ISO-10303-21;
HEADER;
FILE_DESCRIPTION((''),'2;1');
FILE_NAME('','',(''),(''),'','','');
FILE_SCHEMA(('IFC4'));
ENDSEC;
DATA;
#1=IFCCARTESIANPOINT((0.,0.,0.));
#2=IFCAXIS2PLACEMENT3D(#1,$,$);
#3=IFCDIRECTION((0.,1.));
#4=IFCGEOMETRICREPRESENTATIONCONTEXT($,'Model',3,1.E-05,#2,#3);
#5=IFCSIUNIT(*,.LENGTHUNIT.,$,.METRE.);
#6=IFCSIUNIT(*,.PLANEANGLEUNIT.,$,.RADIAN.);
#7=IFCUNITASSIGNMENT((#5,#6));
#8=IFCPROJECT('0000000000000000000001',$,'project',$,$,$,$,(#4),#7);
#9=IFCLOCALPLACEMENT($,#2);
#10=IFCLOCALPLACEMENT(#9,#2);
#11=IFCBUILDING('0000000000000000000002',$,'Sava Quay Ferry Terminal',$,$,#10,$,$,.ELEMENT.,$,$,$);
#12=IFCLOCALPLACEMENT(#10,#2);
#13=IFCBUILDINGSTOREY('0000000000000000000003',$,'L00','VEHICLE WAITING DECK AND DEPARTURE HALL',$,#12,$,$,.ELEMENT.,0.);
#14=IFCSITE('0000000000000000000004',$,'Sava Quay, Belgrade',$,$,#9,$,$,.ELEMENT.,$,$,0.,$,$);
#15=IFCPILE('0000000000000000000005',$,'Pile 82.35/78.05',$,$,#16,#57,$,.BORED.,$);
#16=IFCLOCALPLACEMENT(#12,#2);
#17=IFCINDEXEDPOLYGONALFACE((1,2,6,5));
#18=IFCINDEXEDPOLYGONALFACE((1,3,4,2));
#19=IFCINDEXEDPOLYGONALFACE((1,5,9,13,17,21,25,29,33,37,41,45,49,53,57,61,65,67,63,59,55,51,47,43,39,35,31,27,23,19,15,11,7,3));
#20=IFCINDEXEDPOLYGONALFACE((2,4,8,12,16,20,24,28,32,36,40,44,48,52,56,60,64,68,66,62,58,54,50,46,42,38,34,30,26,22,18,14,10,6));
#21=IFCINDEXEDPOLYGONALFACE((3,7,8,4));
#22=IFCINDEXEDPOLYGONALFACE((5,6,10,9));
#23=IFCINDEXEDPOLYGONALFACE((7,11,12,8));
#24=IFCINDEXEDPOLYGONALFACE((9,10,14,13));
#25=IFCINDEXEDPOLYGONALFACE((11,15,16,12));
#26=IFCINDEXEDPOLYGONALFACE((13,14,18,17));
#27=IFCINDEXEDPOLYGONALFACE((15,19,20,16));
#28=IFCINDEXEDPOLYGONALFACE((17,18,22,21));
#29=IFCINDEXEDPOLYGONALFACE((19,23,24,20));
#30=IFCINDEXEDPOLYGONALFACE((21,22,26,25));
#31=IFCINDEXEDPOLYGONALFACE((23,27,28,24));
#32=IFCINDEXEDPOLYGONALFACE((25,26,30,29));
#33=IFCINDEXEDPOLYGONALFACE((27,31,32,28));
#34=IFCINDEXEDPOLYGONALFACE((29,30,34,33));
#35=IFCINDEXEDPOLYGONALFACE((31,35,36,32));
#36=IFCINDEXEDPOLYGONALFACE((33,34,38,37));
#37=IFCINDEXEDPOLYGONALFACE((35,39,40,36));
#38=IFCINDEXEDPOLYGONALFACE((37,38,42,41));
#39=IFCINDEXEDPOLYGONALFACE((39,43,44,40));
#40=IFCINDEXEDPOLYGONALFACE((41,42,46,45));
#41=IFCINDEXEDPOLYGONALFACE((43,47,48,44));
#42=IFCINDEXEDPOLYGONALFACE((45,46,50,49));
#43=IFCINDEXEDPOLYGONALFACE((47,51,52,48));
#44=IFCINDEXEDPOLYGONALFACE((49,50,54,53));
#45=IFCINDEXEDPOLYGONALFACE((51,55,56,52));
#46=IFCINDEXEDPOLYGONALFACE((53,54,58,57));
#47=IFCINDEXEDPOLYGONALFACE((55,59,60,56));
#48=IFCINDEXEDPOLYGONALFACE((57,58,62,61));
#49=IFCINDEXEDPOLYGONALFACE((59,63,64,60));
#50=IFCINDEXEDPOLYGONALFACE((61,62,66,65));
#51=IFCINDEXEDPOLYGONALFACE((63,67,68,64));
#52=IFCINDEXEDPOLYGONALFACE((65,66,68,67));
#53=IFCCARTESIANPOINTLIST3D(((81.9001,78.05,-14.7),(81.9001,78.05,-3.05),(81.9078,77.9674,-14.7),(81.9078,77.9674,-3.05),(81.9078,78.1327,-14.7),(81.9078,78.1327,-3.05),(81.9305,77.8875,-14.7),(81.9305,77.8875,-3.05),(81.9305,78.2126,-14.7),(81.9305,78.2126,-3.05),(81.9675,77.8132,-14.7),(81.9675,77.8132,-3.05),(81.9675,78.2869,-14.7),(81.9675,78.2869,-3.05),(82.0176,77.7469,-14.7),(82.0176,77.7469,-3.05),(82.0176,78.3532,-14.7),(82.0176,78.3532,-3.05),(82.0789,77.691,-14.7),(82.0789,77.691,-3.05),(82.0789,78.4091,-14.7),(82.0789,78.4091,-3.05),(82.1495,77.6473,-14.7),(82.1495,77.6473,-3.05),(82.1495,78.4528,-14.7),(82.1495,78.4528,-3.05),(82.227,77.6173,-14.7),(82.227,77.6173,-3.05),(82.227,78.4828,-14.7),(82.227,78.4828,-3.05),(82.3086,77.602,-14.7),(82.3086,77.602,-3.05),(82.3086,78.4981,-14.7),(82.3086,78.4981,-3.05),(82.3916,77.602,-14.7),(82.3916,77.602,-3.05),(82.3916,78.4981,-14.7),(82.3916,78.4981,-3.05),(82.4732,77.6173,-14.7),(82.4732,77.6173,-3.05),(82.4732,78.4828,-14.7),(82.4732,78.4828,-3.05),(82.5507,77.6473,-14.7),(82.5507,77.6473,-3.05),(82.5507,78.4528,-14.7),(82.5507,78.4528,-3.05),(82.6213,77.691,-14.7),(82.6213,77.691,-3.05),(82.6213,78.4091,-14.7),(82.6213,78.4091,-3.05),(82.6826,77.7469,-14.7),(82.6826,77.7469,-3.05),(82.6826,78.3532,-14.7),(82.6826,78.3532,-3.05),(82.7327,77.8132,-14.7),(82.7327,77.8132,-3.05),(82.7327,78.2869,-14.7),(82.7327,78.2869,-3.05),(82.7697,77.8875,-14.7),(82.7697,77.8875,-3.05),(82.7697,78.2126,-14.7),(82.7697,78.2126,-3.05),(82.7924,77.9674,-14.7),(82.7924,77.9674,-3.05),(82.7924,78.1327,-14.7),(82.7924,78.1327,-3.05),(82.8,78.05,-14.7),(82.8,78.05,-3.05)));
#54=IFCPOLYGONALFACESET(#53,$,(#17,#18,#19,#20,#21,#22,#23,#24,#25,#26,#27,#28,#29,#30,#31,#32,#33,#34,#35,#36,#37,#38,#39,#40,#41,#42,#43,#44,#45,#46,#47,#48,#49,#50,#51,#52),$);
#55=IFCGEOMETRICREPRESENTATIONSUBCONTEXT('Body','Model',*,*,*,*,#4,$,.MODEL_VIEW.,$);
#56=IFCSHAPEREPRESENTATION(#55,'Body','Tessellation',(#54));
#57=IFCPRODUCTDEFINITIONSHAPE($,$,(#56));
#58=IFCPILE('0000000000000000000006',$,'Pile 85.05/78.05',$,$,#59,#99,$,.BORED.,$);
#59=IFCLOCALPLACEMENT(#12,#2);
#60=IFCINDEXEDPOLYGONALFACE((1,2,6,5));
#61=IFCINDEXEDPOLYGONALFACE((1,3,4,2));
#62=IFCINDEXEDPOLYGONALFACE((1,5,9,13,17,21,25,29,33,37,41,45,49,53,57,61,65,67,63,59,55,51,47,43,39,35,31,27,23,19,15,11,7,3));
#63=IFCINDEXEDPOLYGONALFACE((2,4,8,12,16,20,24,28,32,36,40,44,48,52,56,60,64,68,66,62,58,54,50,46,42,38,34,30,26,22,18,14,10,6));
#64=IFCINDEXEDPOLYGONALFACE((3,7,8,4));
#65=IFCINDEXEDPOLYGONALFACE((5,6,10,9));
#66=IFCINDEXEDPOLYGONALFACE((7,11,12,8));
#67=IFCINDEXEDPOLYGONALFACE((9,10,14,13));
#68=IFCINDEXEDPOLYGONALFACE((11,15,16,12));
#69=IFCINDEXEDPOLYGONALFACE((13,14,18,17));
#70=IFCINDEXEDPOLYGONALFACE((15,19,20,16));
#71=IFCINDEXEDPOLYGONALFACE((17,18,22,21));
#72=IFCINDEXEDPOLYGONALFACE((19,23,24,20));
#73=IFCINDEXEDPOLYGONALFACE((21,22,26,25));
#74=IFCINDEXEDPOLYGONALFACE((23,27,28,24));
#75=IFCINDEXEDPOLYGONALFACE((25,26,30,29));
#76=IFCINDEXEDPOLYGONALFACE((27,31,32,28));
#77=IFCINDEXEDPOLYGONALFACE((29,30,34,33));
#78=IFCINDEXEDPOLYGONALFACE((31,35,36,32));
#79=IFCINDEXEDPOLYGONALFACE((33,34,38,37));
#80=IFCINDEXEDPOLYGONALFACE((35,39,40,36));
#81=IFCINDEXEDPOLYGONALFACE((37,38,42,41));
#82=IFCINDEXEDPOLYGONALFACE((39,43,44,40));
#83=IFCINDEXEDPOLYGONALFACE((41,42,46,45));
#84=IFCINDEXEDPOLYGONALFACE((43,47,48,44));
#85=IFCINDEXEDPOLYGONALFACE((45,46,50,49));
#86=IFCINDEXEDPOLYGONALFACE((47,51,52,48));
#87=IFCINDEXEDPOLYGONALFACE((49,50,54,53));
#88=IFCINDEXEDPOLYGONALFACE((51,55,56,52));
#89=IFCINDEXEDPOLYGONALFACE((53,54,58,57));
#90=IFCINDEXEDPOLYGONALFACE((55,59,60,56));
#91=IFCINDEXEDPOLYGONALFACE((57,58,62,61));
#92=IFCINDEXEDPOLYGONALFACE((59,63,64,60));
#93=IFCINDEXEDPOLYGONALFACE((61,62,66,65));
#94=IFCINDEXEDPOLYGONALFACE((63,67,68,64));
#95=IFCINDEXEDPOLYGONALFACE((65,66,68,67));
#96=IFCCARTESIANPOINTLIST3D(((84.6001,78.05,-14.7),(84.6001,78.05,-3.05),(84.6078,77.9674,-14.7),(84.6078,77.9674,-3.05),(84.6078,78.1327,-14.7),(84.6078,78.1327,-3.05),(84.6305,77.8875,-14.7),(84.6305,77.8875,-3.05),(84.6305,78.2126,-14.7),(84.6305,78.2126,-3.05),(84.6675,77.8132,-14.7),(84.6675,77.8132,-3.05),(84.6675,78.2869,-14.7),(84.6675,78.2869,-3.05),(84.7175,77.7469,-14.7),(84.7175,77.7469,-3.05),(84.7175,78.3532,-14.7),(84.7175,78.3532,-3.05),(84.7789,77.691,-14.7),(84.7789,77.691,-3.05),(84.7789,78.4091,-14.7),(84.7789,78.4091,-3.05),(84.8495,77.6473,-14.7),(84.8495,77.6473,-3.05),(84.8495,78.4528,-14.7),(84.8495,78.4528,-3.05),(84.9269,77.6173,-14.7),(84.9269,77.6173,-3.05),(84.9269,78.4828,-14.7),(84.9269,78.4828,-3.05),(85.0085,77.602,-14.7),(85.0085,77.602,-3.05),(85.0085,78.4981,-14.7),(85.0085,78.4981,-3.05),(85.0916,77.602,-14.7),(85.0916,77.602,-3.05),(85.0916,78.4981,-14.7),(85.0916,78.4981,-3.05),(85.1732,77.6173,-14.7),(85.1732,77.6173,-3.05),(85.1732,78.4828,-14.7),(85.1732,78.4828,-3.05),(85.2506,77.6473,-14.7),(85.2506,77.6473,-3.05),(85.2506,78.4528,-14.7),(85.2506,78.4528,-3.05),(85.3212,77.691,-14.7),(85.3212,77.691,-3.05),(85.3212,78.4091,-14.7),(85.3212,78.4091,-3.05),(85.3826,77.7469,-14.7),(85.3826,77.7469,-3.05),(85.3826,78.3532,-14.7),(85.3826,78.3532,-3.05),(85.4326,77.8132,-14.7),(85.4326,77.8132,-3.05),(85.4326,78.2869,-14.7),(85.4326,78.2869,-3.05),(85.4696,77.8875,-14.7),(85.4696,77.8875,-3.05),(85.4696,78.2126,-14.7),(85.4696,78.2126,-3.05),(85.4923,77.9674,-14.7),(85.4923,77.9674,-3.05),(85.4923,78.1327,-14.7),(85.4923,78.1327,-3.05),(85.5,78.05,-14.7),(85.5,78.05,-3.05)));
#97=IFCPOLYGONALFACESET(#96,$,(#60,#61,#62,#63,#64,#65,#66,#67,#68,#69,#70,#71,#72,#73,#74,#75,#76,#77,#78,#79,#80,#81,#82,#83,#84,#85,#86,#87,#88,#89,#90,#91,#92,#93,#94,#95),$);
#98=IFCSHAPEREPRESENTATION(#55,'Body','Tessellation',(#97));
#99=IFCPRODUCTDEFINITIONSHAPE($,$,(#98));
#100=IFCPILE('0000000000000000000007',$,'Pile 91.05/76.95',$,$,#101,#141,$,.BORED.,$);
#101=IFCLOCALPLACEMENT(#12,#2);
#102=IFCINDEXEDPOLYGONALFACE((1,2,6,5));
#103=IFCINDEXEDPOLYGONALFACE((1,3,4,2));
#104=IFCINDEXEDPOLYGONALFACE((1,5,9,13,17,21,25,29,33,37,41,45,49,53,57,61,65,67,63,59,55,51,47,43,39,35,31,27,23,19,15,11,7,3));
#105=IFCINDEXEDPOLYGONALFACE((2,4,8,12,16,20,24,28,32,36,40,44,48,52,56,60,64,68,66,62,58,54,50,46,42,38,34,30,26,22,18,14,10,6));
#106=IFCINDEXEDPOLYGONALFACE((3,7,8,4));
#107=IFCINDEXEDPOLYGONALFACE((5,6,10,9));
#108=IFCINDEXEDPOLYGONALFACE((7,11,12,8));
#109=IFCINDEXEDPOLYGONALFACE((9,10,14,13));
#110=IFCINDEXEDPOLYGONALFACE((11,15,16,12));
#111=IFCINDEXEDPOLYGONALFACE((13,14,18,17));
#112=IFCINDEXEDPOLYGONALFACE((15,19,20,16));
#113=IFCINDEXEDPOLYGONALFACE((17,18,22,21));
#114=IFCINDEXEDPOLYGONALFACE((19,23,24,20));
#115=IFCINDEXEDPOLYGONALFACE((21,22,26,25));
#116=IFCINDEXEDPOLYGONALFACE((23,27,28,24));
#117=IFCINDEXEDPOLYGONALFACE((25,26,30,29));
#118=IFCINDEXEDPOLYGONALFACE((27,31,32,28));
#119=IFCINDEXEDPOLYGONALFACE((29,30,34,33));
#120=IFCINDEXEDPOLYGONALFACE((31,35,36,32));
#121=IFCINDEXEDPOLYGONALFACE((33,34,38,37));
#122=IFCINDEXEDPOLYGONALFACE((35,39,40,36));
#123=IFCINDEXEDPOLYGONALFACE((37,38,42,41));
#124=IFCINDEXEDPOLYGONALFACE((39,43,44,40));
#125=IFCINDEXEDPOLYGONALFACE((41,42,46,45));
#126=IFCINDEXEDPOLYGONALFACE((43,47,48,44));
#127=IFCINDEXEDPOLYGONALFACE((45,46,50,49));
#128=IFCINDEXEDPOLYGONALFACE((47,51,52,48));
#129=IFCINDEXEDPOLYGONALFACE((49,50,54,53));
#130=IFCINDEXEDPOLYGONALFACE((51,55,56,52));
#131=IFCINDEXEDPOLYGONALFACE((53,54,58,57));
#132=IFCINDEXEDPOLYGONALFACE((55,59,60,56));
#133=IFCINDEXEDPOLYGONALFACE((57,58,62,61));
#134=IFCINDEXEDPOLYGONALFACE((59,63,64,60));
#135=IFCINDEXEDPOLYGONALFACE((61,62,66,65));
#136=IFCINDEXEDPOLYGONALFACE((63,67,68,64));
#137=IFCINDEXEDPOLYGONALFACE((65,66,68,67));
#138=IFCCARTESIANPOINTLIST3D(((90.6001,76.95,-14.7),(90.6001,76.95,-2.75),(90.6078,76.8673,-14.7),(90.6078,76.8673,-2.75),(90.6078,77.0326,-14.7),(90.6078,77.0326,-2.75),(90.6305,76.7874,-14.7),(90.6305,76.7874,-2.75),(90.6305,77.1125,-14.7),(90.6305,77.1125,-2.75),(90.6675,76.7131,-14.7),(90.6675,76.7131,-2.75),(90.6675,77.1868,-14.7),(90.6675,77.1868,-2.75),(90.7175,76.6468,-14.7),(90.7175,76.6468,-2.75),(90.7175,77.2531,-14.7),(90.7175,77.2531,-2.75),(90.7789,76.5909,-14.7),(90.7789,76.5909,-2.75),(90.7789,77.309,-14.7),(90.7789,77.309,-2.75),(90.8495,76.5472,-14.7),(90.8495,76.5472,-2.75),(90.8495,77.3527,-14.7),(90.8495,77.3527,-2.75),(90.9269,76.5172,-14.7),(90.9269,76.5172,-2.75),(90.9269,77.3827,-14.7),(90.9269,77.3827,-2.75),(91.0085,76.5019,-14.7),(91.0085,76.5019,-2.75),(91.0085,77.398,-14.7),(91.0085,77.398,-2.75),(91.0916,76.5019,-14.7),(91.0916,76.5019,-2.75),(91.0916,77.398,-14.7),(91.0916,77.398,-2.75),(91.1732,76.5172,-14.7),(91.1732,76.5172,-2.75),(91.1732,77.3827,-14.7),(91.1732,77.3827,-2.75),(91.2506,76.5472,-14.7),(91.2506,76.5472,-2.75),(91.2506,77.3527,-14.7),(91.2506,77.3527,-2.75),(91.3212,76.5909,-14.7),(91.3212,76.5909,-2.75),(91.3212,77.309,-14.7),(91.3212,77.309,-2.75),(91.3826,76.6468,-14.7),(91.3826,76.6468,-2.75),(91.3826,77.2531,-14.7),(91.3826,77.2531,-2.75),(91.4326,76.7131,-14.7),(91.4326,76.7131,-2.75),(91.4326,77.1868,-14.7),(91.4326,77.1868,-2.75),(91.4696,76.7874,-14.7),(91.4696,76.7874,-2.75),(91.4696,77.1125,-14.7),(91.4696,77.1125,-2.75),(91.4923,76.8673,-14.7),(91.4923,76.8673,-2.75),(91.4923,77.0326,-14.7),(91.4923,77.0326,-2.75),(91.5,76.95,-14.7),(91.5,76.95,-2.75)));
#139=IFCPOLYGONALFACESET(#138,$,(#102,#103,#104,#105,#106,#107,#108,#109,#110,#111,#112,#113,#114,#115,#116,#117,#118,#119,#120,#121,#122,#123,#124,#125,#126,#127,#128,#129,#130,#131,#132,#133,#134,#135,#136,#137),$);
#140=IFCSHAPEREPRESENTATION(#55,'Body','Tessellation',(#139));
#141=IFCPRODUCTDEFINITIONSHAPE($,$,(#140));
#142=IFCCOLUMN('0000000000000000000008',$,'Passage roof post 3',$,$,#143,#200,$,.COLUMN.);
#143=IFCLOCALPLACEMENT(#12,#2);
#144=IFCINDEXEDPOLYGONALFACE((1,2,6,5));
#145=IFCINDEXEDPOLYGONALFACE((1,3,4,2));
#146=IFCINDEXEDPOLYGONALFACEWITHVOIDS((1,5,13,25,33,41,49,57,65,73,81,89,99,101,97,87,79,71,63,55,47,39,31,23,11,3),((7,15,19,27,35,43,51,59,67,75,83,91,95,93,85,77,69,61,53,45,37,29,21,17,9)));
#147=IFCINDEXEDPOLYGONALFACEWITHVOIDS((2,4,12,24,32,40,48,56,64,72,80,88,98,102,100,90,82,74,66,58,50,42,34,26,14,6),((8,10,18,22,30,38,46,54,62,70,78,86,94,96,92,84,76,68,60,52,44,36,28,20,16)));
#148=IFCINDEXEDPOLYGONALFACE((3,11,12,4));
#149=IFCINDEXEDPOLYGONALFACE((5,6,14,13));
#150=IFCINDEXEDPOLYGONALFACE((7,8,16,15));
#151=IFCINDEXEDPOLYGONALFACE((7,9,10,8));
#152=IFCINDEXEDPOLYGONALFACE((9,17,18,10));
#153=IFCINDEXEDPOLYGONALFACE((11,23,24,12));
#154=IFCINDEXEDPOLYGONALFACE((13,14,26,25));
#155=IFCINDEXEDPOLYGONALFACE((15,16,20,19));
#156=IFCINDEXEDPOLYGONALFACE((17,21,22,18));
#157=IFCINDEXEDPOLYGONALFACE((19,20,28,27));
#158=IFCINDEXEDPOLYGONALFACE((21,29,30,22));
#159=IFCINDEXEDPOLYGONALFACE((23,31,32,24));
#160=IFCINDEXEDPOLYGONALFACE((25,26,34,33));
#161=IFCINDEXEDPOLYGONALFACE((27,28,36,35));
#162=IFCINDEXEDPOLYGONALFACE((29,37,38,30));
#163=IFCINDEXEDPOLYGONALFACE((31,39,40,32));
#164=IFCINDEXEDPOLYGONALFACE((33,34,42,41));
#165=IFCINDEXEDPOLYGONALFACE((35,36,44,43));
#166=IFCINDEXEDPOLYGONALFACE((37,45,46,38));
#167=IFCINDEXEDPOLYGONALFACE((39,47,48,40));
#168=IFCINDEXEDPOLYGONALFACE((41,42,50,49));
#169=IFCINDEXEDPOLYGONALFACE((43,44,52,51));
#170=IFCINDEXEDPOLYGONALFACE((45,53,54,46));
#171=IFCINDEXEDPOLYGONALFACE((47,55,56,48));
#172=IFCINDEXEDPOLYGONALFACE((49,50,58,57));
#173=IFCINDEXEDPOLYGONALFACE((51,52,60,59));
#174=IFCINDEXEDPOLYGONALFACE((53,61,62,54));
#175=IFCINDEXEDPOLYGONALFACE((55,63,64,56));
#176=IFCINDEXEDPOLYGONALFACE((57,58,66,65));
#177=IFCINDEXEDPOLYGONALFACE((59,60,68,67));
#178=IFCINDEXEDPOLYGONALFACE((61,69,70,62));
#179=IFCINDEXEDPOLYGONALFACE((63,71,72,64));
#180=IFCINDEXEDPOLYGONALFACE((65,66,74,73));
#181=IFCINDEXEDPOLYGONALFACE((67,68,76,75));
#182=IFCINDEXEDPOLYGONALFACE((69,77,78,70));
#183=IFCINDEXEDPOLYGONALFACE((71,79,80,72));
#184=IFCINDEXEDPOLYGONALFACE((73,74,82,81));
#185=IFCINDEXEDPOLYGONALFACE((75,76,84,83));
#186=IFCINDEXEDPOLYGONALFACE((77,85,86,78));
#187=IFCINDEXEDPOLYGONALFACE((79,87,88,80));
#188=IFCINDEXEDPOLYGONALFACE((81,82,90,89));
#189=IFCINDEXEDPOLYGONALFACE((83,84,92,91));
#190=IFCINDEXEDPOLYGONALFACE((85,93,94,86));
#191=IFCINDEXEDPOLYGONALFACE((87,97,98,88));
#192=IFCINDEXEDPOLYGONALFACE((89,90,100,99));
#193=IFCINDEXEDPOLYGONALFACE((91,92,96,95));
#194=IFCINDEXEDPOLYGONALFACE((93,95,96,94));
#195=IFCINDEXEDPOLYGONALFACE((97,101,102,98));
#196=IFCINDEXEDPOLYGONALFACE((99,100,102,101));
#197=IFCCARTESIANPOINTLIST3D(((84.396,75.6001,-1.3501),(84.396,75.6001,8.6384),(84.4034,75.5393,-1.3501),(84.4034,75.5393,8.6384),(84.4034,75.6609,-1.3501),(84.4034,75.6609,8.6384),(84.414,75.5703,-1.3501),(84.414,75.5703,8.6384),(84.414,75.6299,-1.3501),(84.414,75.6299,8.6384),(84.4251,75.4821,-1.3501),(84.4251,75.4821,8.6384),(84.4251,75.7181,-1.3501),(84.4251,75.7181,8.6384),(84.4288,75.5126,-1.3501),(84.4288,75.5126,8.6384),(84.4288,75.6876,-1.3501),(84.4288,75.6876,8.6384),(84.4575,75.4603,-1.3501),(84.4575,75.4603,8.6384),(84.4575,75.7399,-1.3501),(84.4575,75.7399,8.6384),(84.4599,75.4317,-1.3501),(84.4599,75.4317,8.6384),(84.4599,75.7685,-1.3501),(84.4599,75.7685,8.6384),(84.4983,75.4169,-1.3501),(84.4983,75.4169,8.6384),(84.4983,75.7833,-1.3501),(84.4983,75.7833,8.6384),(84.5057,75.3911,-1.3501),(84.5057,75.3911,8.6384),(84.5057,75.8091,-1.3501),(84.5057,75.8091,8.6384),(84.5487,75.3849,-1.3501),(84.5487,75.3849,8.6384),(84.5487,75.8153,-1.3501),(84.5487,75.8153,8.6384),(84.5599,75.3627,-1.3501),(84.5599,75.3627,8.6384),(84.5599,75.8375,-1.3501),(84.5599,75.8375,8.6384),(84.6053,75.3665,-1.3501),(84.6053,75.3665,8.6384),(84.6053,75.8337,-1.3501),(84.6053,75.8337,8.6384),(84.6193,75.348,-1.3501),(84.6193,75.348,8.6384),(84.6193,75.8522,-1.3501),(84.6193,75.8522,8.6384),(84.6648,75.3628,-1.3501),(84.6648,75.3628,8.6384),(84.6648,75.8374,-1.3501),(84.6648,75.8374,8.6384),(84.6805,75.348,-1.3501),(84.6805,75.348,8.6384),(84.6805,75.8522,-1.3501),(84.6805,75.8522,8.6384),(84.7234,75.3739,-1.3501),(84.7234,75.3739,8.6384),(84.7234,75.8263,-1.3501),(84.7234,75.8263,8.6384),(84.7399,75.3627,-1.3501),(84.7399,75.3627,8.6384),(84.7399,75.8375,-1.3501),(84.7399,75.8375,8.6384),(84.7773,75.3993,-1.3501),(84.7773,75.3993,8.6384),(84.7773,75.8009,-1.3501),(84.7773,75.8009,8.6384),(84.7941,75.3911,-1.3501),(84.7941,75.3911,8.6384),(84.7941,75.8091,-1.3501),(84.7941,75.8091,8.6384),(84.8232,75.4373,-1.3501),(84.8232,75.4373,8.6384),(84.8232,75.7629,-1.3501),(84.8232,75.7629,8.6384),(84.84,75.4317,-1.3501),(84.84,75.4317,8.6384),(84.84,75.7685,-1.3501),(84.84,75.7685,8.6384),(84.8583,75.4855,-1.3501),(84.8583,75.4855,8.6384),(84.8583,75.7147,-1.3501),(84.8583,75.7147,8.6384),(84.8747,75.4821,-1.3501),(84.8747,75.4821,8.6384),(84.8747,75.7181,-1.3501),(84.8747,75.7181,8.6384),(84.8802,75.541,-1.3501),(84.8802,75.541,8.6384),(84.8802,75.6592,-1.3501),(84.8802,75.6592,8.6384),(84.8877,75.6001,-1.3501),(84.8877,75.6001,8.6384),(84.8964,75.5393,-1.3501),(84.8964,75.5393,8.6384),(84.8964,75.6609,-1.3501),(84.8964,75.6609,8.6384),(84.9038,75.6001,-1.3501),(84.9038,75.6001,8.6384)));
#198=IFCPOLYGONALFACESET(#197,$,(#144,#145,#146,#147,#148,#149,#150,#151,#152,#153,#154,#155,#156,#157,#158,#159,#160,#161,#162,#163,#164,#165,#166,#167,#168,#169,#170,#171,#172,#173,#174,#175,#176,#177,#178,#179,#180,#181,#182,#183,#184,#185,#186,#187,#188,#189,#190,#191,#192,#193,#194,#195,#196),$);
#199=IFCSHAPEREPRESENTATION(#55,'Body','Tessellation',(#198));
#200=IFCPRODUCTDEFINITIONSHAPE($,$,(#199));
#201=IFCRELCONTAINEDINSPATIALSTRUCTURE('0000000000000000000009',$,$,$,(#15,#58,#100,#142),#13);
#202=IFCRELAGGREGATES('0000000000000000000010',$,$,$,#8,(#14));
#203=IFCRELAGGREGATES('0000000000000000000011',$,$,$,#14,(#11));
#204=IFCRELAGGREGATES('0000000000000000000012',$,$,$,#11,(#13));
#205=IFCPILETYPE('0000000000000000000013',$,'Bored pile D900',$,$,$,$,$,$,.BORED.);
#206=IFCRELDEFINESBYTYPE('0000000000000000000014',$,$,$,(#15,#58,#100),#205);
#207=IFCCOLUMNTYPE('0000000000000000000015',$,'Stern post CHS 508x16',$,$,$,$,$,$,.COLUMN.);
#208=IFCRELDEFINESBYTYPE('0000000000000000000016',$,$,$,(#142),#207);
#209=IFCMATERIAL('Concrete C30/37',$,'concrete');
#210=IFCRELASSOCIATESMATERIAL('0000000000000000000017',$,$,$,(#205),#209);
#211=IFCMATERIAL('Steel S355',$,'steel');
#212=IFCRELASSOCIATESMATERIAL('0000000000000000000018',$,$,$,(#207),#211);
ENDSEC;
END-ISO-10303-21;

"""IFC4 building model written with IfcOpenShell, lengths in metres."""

from ifc_helpers import new_model, si_unit, direction, frame, origin, origin_2d, place, context, subcontext, project, spatial, circle, hollow_circle, extrude, material, material_profile, profile_set, type_object, element, save


model = new_model("IFC4")

# Units and contexts
model_context = context("Model", 3, precision=1e-05, world=origin(), true_north=direction((0.0, 1.0)))
body_context = subcontext(model_context, "Body", "Model", "MODEL_VIEW")
ifc_project = project(units=[si_unit("LENGTHUNIT", "METRE"), si_unit("PLANEANGLEUNIT", "RADIAN")], contexts=[model_context])

# Site, building, storey
site_placement = place(None, origin())
site = spatial("IfcSite", under=ifc_project, at=site_placement, Name="Sava Quay, Belgrade", CompositionType="ELEMENT", RefElevation=0.0)
building_placement = place(site_placement, origin())
building = spatial("IfcBuilding", under=site, at=building_placement, Name="Sava Quay Ferry Terminal", CompositionType="ELEMENT")
storey_placement = place(building_placement, origin())
storey = spatial("IfcBuildingStorey", under=building, at=storey_placement, Name="L00", Description="VEHICLE WAITING DECK AND DEPARTURE HALL", CompositionType="ELEMENT", Elevation=0.0)

# Piles
ifc_material_1 = material(Name="Concrete C30/37", Category="concrete")
ifc_material_profile_1 = material_profile(ifc_material_1, circle(Radius=0.45, at=origin_2d()), Name="Bored pile D900")
ifc_profile_set_1 = profile_set([ifc_material_profile_1], Name="Concrete C30/37")
pile_type = type_object("IfcPileType", Name="Bored pile D900", PredefinedType="BORED", material=ifc_profile_set_1)
for number, where, z_axis, x_axis, name in (
    (1, (82.3501, 78.05, -3.05), (0.0, 0.0, -1.0), (1.0, 0.0, 0.0), "Pile 82.35/78.05"),
    (2, (85.05, 78.05, -3.05), (0.0, 0.0, -1.0), (1.0, 0.0, 0.0), "Pile 85.05/78.05"),
):
    element("IfcPile", number, at=place(storey_placement, frame(where, z_axis=z_axis, x_axis=x_axis)), inside=storey, type_object=pile_type, Name=name, PredefinedType="BORED", context=body_context, shape_type="SweptSolid", body=[
        extrude(circle(Radius=0.45, at=origin_2d()), origin(), (0.0, 0.0, 1.0), 11.6499),
    ])
pile_placement = place(storey_placement, frame((91.05, 76.95, -2.75), z_axis=(0.0, 0.0, -1.0), x_axis=(1.0, 0.0, 0.0)))
element("IfcPile", 3, at=pile_placement, inside=storey, type_object=pile_type, Name="Pile 91.05/76.95", PredefinedType="BORED", context=body_context, shape_type="SweptSolid", body=[
    extrude(circle(Radius=0.45, at=origin_2d()), origin(), (0.0, 0.0, 1.0), 11.95),
])

# Column
ifc_material_2 = material(Name="Steel S355", Category="steel")
ifc_material_profile_2 = material_profile(ifc_material_2, hollow_circle(Radius=0.2539, WallThickness=0.0161, at=origin_2d()), Name="CHS 508 x 16.0")
ifc_profile_set_2 = profile_set([ifc_material_profile_2], Name="Steel S355")
column_type_1 = type_object("IfcColumnType", Name="Stern post CHS 508x16", PredefinedType="COLUMN", material=ifc_profile_set_2)
column_1_placement = place(storey_placement, frame((84.6499, 75.6001, -1.3501), z_axis=(0.0, 0.0, 1.0), x_axis=(1.0, 0.0, 0.0)))
element("IfcColumn", 4, at=column_1_placement, inside=storey, type_object=column_type_1, Name="Passage roof post 3", PredefinedType="COLUMN", context=body_context, shape_type="SweptSolid", body=[
    extrude(hollow_circle(Radius=0.2539, WallThickness=0.0161, at=origin_2d()), origin(), (0.0, 0.0, 1.0), 9.9885),
])

save(model, "model.ifc")
